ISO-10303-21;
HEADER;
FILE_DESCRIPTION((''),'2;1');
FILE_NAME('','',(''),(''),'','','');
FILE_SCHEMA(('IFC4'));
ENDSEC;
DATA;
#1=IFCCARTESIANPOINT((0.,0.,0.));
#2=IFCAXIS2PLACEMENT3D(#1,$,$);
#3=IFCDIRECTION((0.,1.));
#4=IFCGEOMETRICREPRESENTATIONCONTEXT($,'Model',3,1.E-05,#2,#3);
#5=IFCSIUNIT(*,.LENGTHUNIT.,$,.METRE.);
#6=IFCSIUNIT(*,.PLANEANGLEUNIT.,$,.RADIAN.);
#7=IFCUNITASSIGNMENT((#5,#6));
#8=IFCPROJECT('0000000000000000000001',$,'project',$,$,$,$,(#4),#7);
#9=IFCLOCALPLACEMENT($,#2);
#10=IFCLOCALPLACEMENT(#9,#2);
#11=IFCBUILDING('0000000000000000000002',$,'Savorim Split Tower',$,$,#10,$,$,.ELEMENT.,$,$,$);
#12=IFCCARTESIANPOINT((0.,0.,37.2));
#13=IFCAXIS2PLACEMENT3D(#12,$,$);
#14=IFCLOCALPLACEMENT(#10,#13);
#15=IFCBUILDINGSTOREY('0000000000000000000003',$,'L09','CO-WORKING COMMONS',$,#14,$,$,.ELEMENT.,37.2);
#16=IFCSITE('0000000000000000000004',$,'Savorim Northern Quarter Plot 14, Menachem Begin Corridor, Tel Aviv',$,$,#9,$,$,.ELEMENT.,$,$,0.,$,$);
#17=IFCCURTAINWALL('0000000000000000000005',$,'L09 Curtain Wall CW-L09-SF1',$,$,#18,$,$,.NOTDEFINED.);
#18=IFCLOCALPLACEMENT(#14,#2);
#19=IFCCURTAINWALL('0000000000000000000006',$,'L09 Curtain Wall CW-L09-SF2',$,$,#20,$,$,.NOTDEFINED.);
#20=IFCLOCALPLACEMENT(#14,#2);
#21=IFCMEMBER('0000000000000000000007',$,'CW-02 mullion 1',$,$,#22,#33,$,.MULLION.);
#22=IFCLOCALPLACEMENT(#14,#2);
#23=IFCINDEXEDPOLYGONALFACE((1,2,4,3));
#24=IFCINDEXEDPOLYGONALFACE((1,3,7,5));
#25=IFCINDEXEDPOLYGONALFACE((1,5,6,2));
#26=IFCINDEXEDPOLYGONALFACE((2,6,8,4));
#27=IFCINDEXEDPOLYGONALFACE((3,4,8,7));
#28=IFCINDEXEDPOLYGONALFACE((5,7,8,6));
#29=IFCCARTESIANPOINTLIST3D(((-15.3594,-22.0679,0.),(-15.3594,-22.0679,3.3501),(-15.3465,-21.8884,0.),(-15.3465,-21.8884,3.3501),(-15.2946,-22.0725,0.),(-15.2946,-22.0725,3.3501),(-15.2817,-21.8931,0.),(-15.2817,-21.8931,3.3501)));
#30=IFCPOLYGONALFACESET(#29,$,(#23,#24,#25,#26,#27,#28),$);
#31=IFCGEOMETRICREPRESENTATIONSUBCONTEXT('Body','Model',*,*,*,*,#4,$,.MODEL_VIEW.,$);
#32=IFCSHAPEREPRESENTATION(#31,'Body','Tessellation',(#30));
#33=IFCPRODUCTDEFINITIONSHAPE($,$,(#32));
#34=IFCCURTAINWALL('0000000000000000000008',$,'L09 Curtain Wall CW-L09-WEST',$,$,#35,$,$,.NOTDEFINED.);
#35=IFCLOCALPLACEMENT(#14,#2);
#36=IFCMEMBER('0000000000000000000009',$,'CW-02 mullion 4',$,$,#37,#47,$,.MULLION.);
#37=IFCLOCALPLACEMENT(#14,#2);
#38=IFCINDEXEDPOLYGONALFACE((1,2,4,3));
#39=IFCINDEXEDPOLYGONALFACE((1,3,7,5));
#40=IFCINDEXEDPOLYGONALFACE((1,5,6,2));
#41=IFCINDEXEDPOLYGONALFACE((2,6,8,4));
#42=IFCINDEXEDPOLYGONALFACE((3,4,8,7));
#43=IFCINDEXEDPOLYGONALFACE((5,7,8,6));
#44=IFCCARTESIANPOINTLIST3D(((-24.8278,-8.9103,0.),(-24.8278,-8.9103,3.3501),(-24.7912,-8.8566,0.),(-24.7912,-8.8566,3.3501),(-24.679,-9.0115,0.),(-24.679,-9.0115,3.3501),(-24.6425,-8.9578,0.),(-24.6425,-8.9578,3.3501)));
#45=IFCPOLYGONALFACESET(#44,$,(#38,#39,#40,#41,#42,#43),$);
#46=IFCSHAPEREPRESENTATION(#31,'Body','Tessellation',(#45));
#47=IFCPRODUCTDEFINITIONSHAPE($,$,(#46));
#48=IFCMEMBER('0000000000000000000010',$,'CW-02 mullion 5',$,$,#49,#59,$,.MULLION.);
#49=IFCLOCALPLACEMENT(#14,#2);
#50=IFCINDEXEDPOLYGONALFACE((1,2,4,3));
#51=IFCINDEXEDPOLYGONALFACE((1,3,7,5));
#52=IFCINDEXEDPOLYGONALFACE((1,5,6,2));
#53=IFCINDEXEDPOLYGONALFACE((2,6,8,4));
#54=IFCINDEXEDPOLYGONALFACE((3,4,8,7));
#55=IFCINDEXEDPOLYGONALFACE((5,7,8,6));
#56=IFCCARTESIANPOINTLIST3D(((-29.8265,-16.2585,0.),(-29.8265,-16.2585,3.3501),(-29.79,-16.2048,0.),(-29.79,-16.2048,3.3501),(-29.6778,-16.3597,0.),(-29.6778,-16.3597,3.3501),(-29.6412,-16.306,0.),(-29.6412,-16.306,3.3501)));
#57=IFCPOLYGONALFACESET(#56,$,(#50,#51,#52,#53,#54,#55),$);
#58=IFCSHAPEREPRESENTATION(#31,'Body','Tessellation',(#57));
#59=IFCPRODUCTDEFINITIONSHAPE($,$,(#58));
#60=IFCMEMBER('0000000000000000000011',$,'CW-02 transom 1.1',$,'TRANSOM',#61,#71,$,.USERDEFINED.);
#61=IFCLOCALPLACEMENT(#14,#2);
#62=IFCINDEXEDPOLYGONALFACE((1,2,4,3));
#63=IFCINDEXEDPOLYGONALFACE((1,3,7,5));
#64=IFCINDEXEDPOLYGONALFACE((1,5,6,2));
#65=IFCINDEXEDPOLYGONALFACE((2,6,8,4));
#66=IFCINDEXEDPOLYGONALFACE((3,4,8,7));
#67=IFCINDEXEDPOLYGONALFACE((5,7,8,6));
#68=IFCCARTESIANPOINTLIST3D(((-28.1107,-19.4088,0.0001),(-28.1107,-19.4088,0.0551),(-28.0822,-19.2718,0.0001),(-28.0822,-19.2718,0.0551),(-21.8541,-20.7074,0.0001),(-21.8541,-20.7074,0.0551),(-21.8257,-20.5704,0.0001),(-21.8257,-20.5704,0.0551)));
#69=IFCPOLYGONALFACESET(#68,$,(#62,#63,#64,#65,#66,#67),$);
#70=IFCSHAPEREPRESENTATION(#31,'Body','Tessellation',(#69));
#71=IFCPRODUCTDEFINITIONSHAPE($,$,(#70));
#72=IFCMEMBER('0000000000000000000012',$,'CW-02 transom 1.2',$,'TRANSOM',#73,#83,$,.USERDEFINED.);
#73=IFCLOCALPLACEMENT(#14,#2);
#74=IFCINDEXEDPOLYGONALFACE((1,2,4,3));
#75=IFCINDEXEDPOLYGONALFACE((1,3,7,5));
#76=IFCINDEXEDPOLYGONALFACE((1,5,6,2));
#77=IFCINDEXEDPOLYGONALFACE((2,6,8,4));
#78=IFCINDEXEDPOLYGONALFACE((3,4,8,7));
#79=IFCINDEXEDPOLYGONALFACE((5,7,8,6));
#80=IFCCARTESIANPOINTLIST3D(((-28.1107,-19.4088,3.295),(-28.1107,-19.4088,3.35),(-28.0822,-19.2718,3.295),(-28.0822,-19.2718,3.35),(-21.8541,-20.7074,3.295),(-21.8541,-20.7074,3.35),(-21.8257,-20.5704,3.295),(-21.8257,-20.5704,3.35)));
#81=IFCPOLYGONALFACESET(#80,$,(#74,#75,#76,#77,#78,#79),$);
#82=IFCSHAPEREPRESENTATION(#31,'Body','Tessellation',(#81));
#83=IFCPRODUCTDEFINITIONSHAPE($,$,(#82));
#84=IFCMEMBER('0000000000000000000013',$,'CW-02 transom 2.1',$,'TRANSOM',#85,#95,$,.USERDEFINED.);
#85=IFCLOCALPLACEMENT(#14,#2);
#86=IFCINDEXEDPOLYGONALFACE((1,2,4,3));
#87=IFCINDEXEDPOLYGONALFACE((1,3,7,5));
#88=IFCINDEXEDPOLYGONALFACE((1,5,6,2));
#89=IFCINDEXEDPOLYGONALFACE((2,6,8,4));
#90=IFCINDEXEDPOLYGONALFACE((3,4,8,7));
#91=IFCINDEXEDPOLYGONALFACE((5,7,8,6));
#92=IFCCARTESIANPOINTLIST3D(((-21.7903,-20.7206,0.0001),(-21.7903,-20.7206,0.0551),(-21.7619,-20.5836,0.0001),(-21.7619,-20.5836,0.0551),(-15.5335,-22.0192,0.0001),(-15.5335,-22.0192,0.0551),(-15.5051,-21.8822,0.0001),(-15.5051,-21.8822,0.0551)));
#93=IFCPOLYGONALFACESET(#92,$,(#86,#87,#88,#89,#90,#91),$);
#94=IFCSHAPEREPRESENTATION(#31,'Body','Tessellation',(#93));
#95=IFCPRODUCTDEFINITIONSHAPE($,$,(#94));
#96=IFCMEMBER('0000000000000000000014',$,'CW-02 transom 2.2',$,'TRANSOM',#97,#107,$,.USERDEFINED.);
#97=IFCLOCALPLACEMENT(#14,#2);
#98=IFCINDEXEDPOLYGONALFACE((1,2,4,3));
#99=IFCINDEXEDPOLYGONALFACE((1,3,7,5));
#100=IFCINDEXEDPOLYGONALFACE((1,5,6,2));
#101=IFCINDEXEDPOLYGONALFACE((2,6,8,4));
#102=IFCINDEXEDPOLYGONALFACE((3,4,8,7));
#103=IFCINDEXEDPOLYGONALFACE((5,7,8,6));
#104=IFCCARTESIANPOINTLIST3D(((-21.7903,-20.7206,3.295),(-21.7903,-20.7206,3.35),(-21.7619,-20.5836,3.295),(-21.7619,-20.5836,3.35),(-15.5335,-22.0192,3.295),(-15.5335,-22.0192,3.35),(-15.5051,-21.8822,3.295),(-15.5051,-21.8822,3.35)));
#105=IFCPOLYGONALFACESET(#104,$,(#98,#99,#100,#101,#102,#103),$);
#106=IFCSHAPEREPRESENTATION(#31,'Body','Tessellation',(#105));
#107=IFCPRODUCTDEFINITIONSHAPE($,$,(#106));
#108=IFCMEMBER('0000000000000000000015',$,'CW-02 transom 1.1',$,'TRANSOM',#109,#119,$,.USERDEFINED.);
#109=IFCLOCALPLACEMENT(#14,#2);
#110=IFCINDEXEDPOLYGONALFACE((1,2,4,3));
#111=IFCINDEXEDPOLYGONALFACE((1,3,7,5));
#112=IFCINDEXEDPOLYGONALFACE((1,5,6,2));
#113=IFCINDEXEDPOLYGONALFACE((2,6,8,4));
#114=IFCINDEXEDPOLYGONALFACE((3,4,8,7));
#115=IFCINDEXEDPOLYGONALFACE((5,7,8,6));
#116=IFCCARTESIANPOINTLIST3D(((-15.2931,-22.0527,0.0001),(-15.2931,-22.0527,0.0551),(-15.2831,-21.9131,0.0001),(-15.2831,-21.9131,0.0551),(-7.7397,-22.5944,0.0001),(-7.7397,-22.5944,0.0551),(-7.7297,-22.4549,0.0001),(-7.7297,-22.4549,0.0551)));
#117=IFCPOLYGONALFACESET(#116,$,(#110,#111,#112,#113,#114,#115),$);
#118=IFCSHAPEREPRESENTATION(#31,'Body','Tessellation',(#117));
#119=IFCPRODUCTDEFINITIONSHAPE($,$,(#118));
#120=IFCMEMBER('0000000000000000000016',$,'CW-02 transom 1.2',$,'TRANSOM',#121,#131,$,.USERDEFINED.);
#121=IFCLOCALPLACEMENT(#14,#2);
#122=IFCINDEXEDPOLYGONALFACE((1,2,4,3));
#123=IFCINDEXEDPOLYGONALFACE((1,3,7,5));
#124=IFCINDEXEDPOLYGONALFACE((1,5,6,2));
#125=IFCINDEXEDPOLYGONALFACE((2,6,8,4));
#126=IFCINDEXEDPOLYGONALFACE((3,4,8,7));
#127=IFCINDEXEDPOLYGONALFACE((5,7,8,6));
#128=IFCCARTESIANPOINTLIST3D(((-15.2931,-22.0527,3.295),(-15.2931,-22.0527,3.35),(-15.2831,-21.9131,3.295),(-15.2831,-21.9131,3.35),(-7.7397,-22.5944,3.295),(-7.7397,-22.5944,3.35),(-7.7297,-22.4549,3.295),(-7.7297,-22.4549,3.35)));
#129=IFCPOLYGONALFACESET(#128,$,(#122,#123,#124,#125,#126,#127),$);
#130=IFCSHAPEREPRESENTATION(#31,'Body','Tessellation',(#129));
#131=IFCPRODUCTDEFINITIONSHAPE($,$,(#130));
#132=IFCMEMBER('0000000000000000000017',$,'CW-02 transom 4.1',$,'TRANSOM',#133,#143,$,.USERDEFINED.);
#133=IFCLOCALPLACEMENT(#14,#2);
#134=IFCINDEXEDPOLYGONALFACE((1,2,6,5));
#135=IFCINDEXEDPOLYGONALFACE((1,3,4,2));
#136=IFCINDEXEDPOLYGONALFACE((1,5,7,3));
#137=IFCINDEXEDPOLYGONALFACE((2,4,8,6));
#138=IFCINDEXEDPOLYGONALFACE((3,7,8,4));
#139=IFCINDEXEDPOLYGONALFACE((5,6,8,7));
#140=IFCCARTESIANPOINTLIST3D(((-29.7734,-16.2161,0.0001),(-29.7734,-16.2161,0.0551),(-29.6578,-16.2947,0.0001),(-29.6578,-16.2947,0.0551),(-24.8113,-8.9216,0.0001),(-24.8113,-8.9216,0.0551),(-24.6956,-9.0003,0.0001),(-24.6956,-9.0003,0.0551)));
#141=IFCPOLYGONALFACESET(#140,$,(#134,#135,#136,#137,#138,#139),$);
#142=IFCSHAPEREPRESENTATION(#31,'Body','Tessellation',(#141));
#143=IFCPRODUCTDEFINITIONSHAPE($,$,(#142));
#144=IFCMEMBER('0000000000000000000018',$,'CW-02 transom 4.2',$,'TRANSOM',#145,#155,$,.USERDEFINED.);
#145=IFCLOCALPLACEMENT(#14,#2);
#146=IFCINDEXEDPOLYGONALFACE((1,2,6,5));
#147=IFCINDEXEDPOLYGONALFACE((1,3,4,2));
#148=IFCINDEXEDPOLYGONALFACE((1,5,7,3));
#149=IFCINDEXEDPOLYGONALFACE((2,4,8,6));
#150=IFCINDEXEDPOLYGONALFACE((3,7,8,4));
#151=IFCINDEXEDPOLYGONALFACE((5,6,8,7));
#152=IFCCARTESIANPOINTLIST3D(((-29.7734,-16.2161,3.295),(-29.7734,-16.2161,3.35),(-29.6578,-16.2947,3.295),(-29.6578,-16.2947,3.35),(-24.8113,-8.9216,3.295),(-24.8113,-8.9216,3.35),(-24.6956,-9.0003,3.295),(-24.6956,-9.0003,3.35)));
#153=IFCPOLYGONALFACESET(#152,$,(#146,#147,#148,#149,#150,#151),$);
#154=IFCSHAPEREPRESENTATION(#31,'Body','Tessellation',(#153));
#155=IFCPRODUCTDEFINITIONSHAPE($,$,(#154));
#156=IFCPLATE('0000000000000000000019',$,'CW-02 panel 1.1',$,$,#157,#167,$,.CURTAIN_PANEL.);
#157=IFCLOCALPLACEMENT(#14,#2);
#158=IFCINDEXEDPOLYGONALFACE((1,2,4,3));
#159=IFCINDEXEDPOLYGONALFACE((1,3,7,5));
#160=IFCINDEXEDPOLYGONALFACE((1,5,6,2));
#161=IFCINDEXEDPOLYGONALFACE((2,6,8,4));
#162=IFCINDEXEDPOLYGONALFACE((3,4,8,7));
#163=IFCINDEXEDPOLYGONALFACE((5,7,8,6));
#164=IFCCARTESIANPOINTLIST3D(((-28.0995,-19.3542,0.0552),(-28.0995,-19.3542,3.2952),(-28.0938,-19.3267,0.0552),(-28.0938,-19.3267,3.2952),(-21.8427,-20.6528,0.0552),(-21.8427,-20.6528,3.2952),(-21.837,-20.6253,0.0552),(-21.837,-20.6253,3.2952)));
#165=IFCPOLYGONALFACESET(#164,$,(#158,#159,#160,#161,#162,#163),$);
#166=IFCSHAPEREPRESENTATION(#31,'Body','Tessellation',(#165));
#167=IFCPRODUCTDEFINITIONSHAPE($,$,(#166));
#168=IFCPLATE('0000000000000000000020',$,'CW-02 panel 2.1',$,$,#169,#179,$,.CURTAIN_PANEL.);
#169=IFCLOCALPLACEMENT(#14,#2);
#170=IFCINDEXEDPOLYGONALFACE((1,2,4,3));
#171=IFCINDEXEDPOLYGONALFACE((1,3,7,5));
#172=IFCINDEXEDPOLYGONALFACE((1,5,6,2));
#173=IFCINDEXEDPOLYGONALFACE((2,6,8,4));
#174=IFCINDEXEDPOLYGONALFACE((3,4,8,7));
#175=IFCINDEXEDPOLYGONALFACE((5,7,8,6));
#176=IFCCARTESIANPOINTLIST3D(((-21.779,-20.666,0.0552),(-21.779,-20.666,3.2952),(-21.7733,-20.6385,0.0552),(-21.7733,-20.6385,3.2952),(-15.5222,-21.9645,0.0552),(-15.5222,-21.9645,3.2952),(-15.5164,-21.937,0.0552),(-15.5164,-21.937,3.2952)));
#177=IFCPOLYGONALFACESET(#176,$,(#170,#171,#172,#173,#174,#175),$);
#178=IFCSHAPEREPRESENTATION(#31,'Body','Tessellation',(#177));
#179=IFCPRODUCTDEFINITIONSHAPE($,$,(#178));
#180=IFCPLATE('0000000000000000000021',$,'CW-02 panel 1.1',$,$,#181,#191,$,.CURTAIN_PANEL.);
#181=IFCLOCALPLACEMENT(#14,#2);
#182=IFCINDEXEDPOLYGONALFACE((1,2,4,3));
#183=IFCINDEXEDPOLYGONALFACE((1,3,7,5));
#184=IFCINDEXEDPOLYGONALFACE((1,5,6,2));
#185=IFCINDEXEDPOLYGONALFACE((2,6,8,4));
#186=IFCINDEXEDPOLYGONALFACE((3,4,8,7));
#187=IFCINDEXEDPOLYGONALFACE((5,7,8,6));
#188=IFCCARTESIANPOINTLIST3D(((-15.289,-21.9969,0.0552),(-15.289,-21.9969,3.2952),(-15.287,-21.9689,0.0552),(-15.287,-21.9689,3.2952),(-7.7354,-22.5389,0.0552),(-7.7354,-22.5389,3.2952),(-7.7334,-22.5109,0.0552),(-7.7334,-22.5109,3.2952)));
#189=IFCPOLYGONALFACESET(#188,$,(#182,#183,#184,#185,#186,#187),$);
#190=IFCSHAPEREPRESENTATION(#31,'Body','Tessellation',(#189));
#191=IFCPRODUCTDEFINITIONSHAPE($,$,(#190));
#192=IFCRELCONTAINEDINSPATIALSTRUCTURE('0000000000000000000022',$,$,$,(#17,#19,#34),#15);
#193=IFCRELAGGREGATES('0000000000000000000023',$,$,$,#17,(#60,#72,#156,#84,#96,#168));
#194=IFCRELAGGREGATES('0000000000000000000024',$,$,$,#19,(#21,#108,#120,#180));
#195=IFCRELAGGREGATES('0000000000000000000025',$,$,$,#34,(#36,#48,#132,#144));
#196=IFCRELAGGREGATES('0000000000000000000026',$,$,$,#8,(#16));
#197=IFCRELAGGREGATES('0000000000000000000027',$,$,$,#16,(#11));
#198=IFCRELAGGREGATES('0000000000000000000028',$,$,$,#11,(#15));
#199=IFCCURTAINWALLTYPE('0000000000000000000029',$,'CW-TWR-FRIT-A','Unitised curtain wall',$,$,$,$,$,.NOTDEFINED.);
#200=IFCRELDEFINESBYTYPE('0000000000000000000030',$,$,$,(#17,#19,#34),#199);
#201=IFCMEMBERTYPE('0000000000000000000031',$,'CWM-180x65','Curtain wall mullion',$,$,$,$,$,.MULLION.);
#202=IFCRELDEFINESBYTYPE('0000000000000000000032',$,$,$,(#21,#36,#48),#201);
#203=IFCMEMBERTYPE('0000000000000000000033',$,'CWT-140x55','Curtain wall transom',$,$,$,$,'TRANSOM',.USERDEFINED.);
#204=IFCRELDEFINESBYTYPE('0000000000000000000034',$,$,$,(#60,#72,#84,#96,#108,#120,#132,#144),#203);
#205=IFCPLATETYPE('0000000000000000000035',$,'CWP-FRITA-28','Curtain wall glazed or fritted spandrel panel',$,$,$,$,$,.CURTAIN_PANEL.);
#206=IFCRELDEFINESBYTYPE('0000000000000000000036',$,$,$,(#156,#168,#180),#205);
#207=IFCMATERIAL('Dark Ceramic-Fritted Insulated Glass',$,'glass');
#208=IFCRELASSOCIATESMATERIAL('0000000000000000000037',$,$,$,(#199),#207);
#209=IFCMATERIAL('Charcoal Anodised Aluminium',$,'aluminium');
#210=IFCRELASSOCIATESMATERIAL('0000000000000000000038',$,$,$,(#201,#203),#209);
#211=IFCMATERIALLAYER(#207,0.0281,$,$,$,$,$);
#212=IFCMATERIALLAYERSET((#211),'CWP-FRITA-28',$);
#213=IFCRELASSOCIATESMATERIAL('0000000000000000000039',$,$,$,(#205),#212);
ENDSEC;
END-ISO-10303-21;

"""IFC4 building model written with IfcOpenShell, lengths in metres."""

from ifc_helpers import new_model, si_unit, direction, frame, origin, origin_2d, place, context, subcontext, project, spatial, rectangle, extrude, material, layer, layer_set, material_profile, profile_set, type_object, element, aggregate, save


model = new_model("IFC4")

# Units and contexts
model_context = context("Model", 3, precision=1e-05, world=origin(), true_north=direction((0.0, 1.0)))
body_context = subcontext(model_context, "Body", "Model", "MODEL_VIEW")
ifc_project = project(units=[si_unit("LENGTHUNIT", "METRE"), si_unit("PLANEANGLEUNIT", "RADIAN")], contexts=[model_context])

# Site, building, storey
site_placement = place(None, origin())
site = spatial("IfcSite", under=ifc_project, at=site_placement, Name="Savorim Northern Quarter Plot 14, Menachem Begin Corridor, Tel Aviv", CompositionType="ELEMENT", RefElevation=0.0)
building_placement = place(site_placement, origin())
building = spatial("IfcBuilding", under=site, at=building_placement, Name="Savorim Split Tower", CompositionType="ELEMENT")
storey_placement = place(building_placement, frame((0.0, 0.0, 37.2)))
storey = spatial("IfcBuildingStorey", under=building, at=storey_placement, Name="L09", Description="CO-WORKING COMMONS", CompositionType="ELEMENT", Elevation=37.2)

# Curtain wall
ifc_material_1 = material(Name="Dark Ceramic-Fritted Insulated Glass", Category="glass")
curtain_wall_type = type_object("IfcCurtainWallType", Name="CW-TWR-FRIT-A", Description="Unitised curtain wall", PredefinedType="NOTDEFINED", material=ifc_material_1)
curtain_wall_1_placement = place(storey_placement, origin())
curtain_wall_1 = element("IfcCurtainWall", 1, at=curtain_wall_1_placement, inside=storey, type_object=curtain_wall_type, Name="L09 Curtain Wall CW-L09-SF1", PredefinedType="NOTDEFINED")
ifc_material_2 = material(Name="Charcoal Anodised Aluminium", Category="aluminium")
ifc_material_profile_1 = material_profile(ifc_material_2, rectangle(XDim=0.1799, YDim=0.0649, at=origin_2d()), Name="ALU-M 180x65")
ifc_profile_set_1 = profile_set([ifc_material_profile_1], Name="Charcoal Anodised Aluminium")
member_type_1 = type_object("IfcMemberType", Name="CWM-180x65", Description="Curtain wall mullion", PredefinedType="MULLION", material=ifc_profile_set_1)

# Curtain wall, member
curtain_wall_2_placement = place(storey_placement, origin())
curtain_wall_2 = element("IfcCurtainWall", 2, at=curtain_wall_2_placement, inside=storey, type_object=curtain_wall_type, Name="L09 Curtain Wall CW-L09-SF2", PredefinedType="NOTDEFINED")
member_1_placement = place(storey_placement, frame((-15.3206, -21.9805, 0.0), z_axis=(0.0, 0.0, 1.0), x_axis=(0.07156, 0.997436, 0.0)))
member_1 = element("IfcMember", 3, at=member_1_placement, type_object=member_type_1, Name="CW-02 mullion 1", PredefinedType="MULLION", context=body_context, shape_type="SweptSolid", body=[
    extrude(rectangle(XDim=0.1799, YDim=0.0649, at=origin_2d()), origin(), (0.0, 0.0, 1.0), 3.3501),
])

# Curtain wall, members
curtain_wall_3_placement = place(storey_placement, origin())
curtain_wall_3 = element("IfcCurtainWall", 4, at=curtain_wall_3_placement, inside=storey, type_object=curtain_wall_type, Name="L09 Curtain Wall CW-L09-WEST", PredefinedType="NOTDEFINED")
member_2_placement = place(storey_placement, frame((-24.7351, -8.9341, 0.0), z_axis=(0.0, 0.0, 1.0), x_axis=(0.826821, -0.562465, 0.0)))
member_2 = element("IfcMember", 5, at=member_2_placement, type_object=member_type_1, Name="CW-02 mullion 4", PredefinedType="MULLION", context=body_context, shape_type="SweptSolid", body=[
    extrude(rectangle(XDim=0.1799, YDim=0.0649, at=origin_2d()), origin(), (0.0, 0.0, 1.0), 3.3501),
])
member_3_placement = place(storey_placement, frame((-29.7339, -16.2822, 0.0), z_axis=(0.0, 0.0, 1.0), x_axis=(0.826821, -0.562465, 0.0)))
member_3 = element("IfcMember", 6, at=member_3_placement, type_object=member_type_1, Name="CW-02 mullion 5", PredefinedType="MULLION", context=body_context, shape_type="SweptSolid", body=[
    extrude(rectangle(XDim=0.1799, YDim=0.0649, at=origin_2d()), origin(), (0.0, 0.0, 1.0), 3.3501),
])

# Members
ifc_material_profile_2 = material_profile(ifc_material_2, rectangle(XDim=0.1399, YDim=0.0549, at=origin_2d()), Name="ALU-T 140x55")
ifc_profile_set_2 = profile_set([ifc_material_profile_2], Name="Charcoal Anodised Aluminium")
member_type_2 = type_object("IfcMemberType", Name="CWT-140x55", Description="Curtain wall transom", ElementType="TRANSOM", PredefinedType="USERDEFINED", material=ifc_profile_set_2)
member_4_placement = place(storey_placement, frame((-28.0964, -19.3403, 0.0276), z_axis=(0.979132, -0.203223, 0.0), x_axis=(0.203223, 0.979132, 0.0)))
member_4 = element("IfcMember", 7, at=member_4_placement, type_object=member_type_2, Name="CW-02 transom 1.1", ObjectType="TRANSOM", PredefinedType="USERDEFINED", context=body_context, shape_type="SweptSolid", body=[
    extrude(rectangle(XDim=0.1399, YDim=0.0549, at=origin_2d()), origin(), (0.0, 0.0, 1.0), 6.3899),
])
member_5_placement = place(storey_placement, frame((-28.0964, -19.3403, 3.3225), z_axis=(0.979132, -0.203223, 0.0), x_axis=(0.203223, 0.979132, 0.0)))
member_5 = element("IfcMember", 8, at=member_5_placement, type_object=member_type_2, Name="CW-02 transom 1.2", ObjectType="TRANSOM", PredefinedType="USERDEFINED", context=body_context, shape_type="SweptSolid", body=[
    extrude(rectangle(XDim=0.1399, YDim=0.0549, at=origin_2d()), origin(), (0.0, 0.0, 1.0), 6.3899),
])
member_6_placement = place(storey_placement, frame((-21.7761, -20.6521, 0.0276), z_axis=(0.979134, -0.203216, 0.0), x_axis=(0.203216, 0.979134, 0.0)))
member_6 = element("IfcMember", 9, at=member_6_placement, type_object=member_type_2, Name="CW-02 transom 2.1", ObjectType="TRANSOM", PredefinedType="USERDEFINED", context=body_context, shape_type="SweptSolid", body=[
    extrude(rectangle(XDim=0.1399, YDim=0.0549, at=origin_2d()), origin(), (0.0, 0.0, 1.0), 6.3901),
])
member_7_placement = place(storey_placement, frame((-21.7761, -20.6521, 3.3225), z_axis=(0.979134, -0.203216, 0.0), x_axis=(0.203216, 0.979134, 0.0)))
member_7 = element("IfcMember", 10, at=member_7_placement, type_object=member_type_2, Name="CW-02 transom 2.2", ObjectType="TRANSOM", PredefinedType="USERDEFINED", context=body_context, shape_type="SweptSolid", body=[
    extrude(rectangle(XDim=0.1399, YDim=0.0549, at=origin_2d()), origin(), (0.0, 0.0, 1.0), 6.3901),
])
member_8_placement = place(storey_placement, frame((-15.2881, -21.9829, 0.0276), z_axis=(0.997438, -0.071538, 0.0), x_axis=(0.071538, 0.997438, 0.0)))
member_8 = element("IfcMember", 11, at=member_8_placement, type_object=member_type_2, Name="CW-02 transom 1.1", ObjectType="TRANSOM", PredefinedType="USERDEFINED", context=body_context, shape_type="SweptSolid", body=[
    extrude(rectangle(XDim=0.1399, YDim=0.0549, at=origin_2d()), origin(), (0.0, 0.0, 1.0), 7.5728),
])
member_9_placement = place(storey_placement, frame((-15.2881, -21.9829, 3.3225), z_axis=(0.997438, -0.071538, 0.0), x_axis=(0.071538, 0.997438, 0.0)))
member_9 = element("IfcMember", 12, at=member_9_placement, type_object=member_type_2, Name="CW-02 transom 1.2", ObjectType="TRANSOM", PredefinedType="USERDEFINED", context=body_context, shape_type="SweptSolid", body=[
    extrude(rectangle(XDim=0.1399, YDim=0.0549, at=origin_2d()), origin(), (0.0, 0.0, 1.0), 7.5728),
])
member_10_placement = place(storey_placement, frame((-24.7534, -8.9609, 0.0276), z_axis=(-0.562461, -0.826824, 0.0), x_axis=(0.826824, -0.562461, 0.0)))
member_10 = element("IfcMember", 13, at=member_10_placement, type_object=member_type_2, Name="CW-02 transom 4.1", ObjectType="TRANSOM", PredefinedType="USERDEFINED", context=body_context, shape_type="SweptSolid", body=[
    extrude(rectangle(XDim=0.1399, YDim=0.0549, at=origin_2d()), origin(), (0.0, 0.0, 1.0), 8.8223),
])
member_11_placement = place(storey_placement, frame((-24.7534, -8.9609, 3.3225), z_axis=(-0.562461, -0.826824, 0.0), x_axis=(0.826824, -0.562461, 0.0)))
member_11 = element("IfcMember", 14, at=member_11_placement, type_object=member_type_2, Name="CW-02 transom 4.2", ObjectType="TRANSOM", PredefinedType="USERDEFINED", context=body_context, shape_type="SweptSolid", body=[
    extrude(rectangle(XDim=0.1399, YDim=0.0549, at=origin_2d()), origin(), (0.0, 0.0, 1.0), 8.8223),
])

# Plates
ifc_layer_1 = layer(ifc_material_1, 0.0281)
ifc_layer_set_1 = layer_set([ifc_layer_1], Name="CWP-FRITA-28")
plate_type = type_object("IfcPlateType", Name="CWP-FRITA-28", Description="Curtain wall glazed or fritted spandrel panel", PredefinedType="CURTAIN_PANEL", material=ifc_layer_set_1)
plate_1_placement = place(storey_placement, frame((-24.9683, -19.9897, 0.0552), z_axis=(0.0, 0.0, 1.0), x_axis=(0.979135, -0.20321, 0.0)))
plate_1 = element("IfcPlate", 15, at=plate_1_placement, type_object=plate_type, Name="CW-02 panel 1.1", PredefinedType="CURTAIN_PANEL", context=body_context, shape_type="SweptSolid", body=[
    extrude(rectangle(XDim=6.3901, YDim=0.0281, at=origin_2d()), origin(), (0.0, 0.0, 1.0), 3.24),
])
plate_2_placement = place(storey_placement, frame((-18.6477, -21.3015, 0.0552), z_axis=(0.0, 0.0, 1.0), x_axis=(0.979135, -0.20321, 0.0)))
plate_2 = element("IfcPlate", 16, at=plate_2_placement, type_object=plate_type, Name="CW-02 panel 2.1", PredefinedType="CURTAIN_PANEL", context=body_context, shape_type="SweptSolid", body=[
    extrude(rectangle(XDim=6.3901, YDim=0.0281, at=origin_2d()), origin(), (0.0, 0.0, 1.0), 3.24),
])
aggregate(curtain_wall_1, [member_4, member_5, plate_1, member_6, member_7, plate_2])
plate_3_placement = place(storey_placement, frame((-11.5112, -22.2539, 0.0552), z_axis=(0.0, 0.0, 1.0), x_axis=(0.997436, -0.07156, 0.0)))
plate_3 = element("IfcPlate", 17, at=plate_3_placement, type_object=plate_type, Name="CW-02 panel 1.1", PredefinedType="CURTAIN_PANEL", context=body_context, shape_type="SweptSolid", body=[
    extrude(rectangle(XDim=7.573, YDim=0.0281, at=origin_2d()), origin(), (0.0, 0.0, 1.0), 3.24),
])
aggregate(curtain_wall_2, [member_1, member_8, member_9, plate_3])
aggregate(curtain_wall_3, [member_2, member_3, member_10, member_11])

save(model, "model.ifc")
